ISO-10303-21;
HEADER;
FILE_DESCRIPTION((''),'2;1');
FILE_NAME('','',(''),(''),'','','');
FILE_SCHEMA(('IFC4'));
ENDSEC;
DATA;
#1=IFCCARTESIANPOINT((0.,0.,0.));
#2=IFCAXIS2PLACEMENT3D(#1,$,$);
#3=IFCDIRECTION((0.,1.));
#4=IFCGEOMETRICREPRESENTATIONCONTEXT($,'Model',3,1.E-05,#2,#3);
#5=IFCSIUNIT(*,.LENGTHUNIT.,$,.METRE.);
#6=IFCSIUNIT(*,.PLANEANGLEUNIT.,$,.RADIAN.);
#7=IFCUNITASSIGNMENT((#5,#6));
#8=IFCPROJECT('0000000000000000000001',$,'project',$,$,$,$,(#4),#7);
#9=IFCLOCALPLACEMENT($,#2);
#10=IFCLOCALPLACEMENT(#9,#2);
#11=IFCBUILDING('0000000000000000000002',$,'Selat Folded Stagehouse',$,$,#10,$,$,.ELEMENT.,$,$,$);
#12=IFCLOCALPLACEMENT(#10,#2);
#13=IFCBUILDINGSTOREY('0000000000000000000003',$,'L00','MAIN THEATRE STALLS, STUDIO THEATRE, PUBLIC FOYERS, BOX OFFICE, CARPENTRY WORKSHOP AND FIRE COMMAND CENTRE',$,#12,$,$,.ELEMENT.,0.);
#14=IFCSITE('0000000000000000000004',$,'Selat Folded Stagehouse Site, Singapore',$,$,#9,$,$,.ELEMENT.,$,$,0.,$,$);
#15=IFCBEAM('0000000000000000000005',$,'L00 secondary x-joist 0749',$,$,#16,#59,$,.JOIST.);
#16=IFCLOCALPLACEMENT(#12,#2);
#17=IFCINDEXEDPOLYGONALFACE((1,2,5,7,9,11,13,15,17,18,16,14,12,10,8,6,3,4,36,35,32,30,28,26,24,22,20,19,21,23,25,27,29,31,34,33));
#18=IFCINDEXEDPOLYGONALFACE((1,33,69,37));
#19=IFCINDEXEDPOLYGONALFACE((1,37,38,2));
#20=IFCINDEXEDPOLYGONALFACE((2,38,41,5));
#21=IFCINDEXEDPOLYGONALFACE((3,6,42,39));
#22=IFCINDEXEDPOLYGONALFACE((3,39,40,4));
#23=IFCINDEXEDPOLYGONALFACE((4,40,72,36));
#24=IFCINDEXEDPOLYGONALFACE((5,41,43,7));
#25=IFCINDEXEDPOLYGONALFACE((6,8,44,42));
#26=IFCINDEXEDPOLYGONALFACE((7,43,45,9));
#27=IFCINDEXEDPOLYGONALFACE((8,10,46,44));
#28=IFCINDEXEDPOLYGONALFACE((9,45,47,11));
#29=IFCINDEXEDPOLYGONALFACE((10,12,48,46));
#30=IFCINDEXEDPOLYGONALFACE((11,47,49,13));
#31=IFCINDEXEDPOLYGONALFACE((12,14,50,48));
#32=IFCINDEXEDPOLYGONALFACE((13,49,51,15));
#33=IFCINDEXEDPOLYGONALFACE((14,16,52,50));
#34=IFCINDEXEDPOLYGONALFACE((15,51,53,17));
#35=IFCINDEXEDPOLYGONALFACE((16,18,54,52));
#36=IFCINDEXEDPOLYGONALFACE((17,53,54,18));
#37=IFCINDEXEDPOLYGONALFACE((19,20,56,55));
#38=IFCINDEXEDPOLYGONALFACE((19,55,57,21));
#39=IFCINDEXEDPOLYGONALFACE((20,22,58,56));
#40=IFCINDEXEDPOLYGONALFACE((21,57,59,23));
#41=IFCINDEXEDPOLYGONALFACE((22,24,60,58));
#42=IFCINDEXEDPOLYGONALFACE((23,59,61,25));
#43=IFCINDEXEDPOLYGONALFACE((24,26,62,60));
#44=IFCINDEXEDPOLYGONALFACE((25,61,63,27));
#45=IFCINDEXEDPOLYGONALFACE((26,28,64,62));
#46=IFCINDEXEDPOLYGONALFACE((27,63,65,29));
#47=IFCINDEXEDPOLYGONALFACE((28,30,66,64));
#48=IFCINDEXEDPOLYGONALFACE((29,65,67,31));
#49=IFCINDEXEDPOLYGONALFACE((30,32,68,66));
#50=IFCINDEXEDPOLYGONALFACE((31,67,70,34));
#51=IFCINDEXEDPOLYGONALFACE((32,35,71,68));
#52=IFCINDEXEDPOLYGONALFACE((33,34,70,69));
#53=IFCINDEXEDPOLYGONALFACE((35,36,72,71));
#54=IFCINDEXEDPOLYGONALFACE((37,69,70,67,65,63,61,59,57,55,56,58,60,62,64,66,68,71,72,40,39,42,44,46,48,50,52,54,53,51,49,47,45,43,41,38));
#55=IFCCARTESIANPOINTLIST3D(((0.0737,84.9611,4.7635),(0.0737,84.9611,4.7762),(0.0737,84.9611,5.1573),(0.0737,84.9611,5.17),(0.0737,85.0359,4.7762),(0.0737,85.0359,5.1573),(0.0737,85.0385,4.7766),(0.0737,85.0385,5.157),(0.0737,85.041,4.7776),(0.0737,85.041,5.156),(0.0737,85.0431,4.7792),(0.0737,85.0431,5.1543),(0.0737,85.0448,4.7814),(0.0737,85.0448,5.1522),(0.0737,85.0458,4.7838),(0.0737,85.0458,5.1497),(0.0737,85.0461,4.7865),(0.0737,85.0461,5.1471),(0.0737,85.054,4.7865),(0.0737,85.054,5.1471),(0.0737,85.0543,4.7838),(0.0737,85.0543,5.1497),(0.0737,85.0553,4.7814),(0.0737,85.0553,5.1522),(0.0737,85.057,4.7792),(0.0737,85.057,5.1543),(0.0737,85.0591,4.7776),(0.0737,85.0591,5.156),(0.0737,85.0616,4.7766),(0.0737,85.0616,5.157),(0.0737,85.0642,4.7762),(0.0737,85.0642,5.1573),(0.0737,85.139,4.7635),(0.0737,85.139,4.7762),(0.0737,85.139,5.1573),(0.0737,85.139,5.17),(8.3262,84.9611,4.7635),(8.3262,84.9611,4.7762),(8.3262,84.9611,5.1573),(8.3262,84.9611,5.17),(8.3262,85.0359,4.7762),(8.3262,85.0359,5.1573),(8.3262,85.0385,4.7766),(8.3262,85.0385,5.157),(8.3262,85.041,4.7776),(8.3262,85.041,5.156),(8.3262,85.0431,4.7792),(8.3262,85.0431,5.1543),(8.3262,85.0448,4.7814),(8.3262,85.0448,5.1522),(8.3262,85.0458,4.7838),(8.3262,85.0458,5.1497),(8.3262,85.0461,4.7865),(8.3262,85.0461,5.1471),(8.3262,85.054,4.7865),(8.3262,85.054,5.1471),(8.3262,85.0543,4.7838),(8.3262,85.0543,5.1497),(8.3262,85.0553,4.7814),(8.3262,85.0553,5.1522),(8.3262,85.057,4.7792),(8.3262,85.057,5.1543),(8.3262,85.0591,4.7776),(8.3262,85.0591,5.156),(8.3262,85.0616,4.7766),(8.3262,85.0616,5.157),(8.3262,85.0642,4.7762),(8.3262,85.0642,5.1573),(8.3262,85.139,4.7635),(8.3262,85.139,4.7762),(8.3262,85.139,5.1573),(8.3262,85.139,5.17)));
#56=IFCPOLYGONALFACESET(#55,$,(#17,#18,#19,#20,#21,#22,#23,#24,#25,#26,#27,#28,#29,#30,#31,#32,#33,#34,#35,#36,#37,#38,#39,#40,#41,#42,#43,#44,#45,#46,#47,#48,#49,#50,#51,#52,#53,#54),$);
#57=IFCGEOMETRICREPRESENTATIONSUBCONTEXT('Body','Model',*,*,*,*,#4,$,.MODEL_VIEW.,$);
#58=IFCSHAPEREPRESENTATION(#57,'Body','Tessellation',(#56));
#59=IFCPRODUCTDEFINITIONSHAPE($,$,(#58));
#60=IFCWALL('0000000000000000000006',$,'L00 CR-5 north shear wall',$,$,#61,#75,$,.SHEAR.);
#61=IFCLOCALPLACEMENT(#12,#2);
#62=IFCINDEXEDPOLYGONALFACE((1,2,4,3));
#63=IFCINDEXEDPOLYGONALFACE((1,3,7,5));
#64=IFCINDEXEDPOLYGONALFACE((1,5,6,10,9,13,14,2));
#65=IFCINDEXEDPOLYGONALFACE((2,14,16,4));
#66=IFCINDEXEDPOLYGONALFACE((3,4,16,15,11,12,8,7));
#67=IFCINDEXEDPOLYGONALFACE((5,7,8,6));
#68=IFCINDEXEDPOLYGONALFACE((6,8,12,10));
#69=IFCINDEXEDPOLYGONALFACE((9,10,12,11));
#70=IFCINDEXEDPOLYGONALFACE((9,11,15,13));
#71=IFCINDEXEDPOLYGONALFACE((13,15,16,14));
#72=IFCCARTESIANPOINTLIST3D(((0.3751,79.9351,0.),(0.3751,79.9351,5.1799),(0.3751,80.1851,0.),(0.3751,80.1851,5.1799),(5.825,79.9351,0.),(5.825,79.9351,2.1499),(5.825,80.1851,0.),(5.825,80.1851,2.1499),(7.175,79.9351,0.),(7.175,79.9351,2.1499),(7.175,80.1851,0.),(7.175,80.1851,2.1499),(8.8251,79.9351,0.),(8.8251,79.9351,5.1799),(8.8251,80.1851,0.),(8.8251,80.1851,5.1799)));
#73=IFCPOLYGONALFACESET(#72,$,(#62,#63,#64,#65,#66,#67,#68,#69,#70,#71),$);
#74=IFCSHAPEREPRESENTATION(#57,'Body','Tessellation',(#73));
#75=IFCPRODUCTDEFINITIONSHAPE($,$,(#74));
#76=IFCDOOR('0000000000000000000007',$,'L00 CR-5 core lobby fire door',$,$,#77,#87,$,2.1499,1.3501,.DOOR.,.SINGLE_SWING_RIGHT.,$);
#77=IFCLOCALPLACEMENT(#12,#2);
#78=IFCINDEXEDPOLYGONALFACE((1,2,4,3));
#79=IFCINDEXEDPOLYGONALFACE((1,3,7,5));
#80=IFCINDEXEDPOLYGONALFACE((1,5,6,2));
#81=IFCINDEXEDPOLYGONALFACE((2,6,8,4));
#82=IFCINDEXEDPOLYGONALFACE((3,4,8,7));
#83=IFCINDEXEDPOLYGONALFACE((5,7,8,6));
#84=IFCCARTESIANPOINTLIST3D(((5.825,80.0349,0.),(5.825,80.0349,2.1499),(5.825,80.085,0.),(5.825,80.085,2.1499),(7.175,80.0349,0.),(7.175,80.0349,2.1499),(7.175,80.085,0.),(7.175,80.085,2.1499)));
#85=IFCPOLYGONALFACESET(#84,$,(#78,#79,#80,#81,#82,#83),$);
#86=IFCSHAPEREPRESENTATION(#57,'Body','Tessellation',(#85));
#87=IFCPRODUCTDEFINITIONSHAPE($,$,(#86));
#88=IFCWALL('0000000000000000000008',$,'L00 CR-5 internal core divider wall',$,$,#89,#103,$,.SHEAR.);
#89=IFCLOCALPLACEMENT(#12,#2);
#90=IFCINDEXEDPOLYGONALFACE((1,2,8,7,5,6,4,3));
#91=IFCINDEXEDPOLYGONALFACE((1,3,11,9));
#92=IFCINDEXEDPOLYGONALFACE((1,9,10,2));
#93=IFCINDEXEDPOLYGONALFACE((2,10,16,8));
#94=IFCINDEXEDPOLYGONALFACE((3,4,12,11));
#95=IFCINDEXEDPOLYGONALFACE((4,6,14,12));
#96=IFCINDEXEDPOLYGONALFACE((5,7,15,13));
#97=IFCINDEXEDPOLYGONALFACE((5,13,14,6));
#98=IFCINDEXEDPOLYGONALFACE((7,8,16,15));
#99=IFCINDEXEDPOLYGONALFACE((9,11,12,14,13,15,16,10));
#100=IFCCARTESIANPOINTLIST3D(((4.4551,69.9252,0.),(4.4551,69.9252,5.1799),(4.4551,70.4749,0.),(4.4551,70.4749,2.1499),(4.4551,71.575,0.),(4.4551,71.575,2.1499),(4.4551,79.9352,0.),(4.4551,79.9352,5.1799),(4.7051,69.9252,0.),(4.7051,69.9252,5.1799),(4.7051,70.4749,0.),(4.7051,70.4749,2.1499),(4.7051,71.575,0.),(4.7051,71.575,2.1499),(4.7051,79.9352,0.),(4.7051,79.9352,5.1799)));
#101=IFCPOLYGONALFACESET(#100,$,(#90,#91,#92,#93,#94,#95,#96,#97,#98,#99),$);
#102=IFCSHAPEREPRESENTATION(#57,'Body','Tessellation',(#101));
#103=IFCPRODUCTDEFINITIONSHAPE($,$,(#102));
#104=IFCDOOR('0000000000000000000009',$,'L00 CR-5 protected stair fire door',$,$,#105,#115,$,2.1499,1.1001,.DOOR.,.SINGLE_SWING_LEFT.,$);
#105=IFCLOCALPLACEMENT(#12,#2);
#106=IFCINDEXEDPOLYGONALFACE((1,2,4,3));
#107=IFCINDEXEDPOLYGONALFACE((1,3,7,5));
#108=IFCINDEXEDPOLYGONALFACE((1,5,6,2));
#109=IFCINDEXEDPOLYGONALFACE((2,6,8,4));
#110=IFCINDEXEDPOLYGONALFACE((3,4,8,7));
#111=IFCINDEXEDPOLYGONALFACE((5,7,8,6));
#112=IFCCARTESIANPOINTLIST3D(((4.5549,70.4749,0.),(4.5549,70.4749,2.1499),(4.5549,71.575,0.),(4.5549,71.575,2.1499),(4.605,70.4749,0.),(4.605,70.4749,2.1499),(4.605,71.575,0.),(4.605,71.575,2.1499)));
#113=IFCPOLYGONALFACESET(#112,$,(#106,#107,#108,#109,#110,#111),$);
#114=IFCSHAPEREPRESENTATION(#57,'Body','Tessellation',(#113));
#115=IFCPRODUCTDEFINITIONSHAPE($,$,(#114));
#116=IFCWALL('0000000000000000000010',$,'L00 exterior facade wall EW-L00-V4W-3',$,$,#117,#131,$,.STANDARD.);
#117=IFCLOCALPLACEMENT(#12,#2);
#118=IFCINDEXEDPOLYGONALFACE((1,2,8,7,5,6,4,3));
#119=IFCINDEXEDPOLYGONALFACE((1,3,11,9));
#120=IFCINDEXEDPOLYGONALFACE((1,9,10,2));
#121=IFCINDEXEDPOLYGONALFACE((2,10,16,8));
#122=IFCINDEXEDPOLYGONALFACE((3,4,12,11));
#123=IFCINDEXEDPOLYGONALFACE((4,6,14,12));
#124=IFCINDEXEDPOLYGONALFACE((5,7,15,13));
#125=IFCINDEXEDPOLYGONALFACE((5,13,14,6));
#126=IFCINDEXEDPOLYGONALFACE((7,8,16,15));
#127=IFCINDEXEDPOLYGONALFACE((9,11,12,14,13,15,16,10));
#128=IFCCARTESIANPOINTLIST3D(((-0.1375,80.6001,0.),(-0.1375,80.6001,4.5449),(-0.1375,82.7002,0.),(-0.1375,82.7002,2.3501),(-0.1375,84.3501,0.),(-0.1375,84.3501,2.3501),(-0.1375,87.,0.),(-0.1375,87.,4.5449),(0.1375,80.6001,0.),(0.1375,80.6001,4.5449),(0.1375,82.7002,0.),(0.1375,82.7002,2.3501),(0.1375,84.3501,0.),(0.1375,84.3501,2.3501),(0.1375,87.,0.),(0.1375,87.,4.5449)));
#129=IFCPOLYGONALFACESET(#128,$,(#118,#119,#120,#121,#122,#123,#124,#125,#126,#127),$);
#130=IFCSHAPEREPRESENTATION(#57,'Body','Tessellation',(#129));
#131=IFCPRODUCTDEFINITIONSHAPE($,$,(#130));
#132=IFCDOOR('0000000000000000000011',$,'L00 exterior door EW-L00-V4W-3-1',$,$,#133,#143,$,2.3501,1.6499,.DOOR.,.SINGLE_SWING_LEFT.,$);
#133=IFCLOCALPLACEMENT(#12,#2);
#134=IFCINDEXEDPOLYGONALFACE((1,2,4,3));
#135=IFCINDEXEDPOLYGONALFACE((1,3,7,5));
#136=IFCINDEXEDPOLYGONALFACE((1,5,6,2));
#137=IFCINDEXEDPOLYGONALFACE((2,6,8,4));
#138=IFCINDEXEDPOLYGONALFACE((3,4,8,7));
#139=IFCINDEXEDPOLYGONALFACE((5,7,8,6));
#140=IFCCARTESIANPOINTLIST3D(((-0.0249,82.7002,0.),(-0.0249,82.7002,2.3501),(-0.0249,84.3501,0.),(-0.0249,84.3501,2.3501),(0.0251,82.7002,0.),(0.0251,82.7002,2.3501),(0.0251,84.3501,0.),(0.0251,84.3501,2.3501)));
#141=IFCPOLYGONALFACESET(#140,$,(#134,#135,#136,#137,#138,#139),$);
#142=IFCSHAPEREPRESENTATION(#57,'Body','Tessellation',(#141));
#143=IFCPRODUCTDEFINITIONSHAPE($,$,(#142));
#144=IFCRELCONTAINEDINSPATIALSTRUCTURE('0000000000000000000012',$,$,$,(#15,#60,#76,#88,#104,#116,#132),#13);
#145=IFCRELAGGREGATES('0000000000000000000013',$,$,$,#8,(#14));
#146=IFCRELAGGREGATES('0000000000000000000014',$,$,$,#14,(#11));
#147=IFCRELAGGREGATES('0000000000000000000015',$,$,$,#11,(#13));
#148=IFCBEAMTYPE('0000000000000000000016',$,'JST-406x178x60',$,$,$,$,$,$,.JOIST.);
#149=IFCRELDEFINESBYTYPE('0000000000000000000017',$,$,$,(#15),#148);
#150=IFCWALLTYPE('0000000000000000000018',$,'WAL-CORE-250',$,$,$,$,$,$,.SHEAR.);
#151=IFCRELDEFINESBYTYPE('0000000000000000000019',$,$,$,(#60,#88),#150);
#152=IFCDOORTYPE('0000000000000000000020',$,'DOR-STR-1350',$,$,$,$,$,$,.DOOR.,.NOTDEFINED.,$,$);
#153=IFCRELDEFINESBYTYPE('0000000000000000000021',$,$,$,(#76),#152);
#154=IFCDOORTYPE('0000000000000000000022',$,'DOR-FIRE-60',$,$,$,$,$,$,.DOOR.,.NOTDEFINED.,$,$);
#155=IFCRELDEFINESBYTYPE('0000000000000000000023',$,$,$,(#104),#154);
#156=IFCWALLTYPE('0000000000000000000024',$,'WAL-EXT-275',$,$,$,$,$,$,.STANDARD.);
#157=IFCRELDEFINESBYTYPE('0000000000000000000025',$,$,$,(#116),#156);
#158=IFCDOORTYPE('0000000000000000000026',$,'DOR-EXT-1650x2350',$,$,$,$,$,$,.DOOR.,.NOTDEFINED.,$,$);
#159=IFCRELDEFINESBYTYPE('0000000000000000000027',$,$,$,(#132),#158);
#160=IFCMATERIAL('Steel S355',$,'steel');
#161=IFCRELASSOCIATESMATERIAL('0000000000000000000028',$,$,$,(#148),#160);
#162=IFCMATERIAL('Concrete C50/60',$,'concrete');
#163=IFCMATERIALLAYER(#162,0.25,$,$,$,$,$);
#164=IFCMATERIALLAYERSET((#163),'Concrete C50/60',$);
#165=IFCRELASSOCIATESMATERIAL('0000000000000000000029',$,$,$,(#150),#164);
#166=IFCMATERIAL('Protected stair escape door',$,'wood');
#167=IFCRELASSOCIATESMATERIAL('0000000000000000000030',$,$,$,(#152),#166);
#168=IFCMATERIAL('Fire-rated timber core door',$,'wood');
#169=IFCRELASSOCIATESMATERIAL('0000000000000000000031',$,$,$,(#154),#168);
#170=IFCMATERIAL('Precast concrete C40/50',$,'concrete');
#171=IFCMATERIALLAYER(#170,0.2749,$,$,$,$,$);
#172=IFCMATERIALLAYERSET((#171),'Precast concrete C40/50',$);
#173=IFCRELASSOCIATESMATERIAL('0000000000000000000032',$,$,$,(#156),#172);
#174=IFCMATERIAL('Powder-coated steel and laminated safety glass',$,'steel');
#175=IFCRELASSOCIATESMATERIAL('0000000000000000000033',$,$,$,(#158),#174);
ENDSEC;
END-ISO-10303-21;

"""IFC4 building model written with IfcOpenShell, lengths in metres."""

from ifc_helpers import new_model, si_unit, direction, frame, frame_2d, origin, origin_2d, place, context, subcontext, project, spatial, rectangle, i_section, extrude, material, layer, layer_set, material_profile, profile_set, type_object, element, fill, save


model = new_model("IFC4")

# Units and contexts
model_context = context("Model", 3, precision=1e-05, world=origin(), true_north=direction((0.0, 1.0)))
body_context = subcontext(model_context, "Body", "Model", "MODEL_VIEW")
ifc_project = project(units=[si_unit("LENGTHUNIT", "METRE"), si_unit("PLANEANGLEUNIT", "RADIAN")], contexts=[model_context])

# Site, building, storey
site_placement = place(None, origin())
site = spatial("IfcSite", under=ifc_project, at=site_placement, Name="Selat Folded Stagehouse Site, Singapore", CompositionType="ELEMENT", RefElevation=0.0)
building_placement = place(site_placement, origin())
building = spatial("IfcBuilding", under=site, at=building_placement, Name="Selat Folded Stagehouse", CompositionType="ELEMENT")
storey_placement = place(building_placement, origin())
storey = spatial("IfcBuildingStorey", under=building, at=storey_placement, Name="L00", Description="MAIN THEATRE STALLS, STUDIO THEATRE, PUBLIC FOYERS, BOX OFFICE, CARPENTRY WORKSHOP AND FIRE COMMAND CENTRE", CompositionType="ELEMENT", Elevation=0.0)

# Shared definitions
ifc_material_1 = material(Name="Steel S355", Category="steel")

# Beam
ifc_material_profile_1 = material_profile(ifc_material_1, i_section(OverallWidth=0.178, OverallDepth=0.4065, WebThickness=0.0078, FlangeThickness=0.0127, FilletRadius=0.0103, at=origin_2d()), Name="UKB 406x178x60")
ifc_profile_set_1 = profile_set([ifc_material_profile_1], Name="Steel S355")
beam_type_1 = type_object("IfcBeamType", Name="JST-406x178x60", PredefinedType="JOIST", material=ifc_profile_set_1)
for number, where, z_axis, x_axis, name in (
    (1, (0.0737, 85.05, 4.9668), (1.0, 0.0, 0.0), (0.0, 1.0, 0.0), "L00 secondary x-joist 0749"),
):
    element("IfcBeam", number, at=place(storey_placement, frame(where, z_axis=z_axis, x_axis=x_axis)), inside=storey, type_object=beam_type_1, Name=name, PredefinedType="JOIST", context=body_context, shape_type="SweptSolid", body=[
        extrude(i_section(OverallWidth=0.178, OverallDepth=0.4065, WebThickness=0.0078, FlangeThickness=0.0127, FilletRadius=0.0103, at=origin_2d()), origin(), (0.0, 0.0, 1.0), 8.2524),
    ])

# Walls, openings, doors
ifc_material_2 = material(Name="Concrete C50/60", Category="concrete")
ifc_layer_1 = layer(ifc_material_2, 0.25)
ifc_layer_set_1 = layer_set([ifc_layer_1], Name="Concrete C50/60")
wall_type_1 = type_object("IfcWallType", Name="WAL-CORE-250", PredefinedType="SHEAR", material=ifc_layer_set_1)
wall_1_placement = place(storey_placement, frame((0.375, 80.0601, 0.0), z_axis=(0.0, 0.0, 1.0), x_axis=(1.0, 0.0, 0.0)))
wall_1 = element("IfcWall", 2, at=wall_1_placement, inside=storey, type_object=wall_type_1, Name="L00 CR-5 north shear wall", PredefinedType="SHEAR", context=body_context, shape_type="SweptSolid", body=[
    extrude(rectangle(XDim=8.45, YDim=0.25, at=frame_2d((4.2251, 0.0))), origin(), (0.0, 0.0, 1.0), 5.1799),
])
opening_1_placement = place(wall_1_placement, frame((5.45, 0.0, 0.0)))
opening_1 = element("IfcOpeningElement", 3, at=opening_1_placement, cuts=wall_1, PredefinedType="OPENING", context=body_context, shape_type="SweptSolid", body=[
    extrude(rectangle(XDim=1.3501, YDim=2.1499, at=frame_2d((0.675, 1.075))), frame((0.0, 0.135, 0.0), z_axis=(0.0, -1.0, 0.0), x_axis=(1.0, 0.0, 0.0)), (0.0, 0.0, 1.0), 0.27),
])
ifc_material_3 = material(Name="Protected stair escape door", Category="wood")
door_type_1 = type_object("IfcDoorType", Name="DOR-STR-1350", OperationType="NOTDEFINED", PredefinedType="DOOR", material=ifc_material_3)
door_1_placement = place(opening_1_placement, origin())
door_1 = element("IfcDoor", 4, at=door_1_placement, inside=storey, type_object=door_type_1, Name="L00 CR-5 core lobby fire door", OperationType="SINGLE_SWING_RIGHT", OverallHeight=2.1499, OverallWidth=1.3501, PredefinedType="DOOR", context=body_context, shape_type="SweptSolid", body=[
    extrude(rectangle(XDim=1.3501, YDim=2.1499, at=frame_2d((0.675, 1.075))), frame((0.0, 0.0249, 0.0), z_axis=(0.0, -1.0, 0.0), x_axis=(1.0, 0.0, 0.0)), (0.0, 0.0, 1.0), 0.05),
])
fill(opening_1, door_1)
wall_2_placement = place(storey_placement, frame((4.5801, 79.9351, 0.0), z_axis=(0.0, 0.0, 1.0), x_axis=(0.0, -1.0, 0.0)))
wall_2 = element("IfcWall", 5, at=wall_2_placement, inside=storey, type_object=wall_type_1, Name="L00 CR-5 internal core divider wall", PredefinedType="SHEAR", context=body_context, shape_type="SweptSolid", body=[
    extrude(rectangle(XDim=10.01, YDim=0.25, at=frame_2d((5.0049, 0.0))), origin(), (0.0, 0.0, 1.0), 5.1799),
])
opening_2_placement = place(wall_2_placement, frame((8.3601, 0.0, 0.0)))
opening_2 = element("IfcOpeningElement", 6, at=opening_2_placement, cuts=wall_2, PredefinedType="OPENING", context=body_context, shape_type="SweptSolid", body=[
    extrude(rectangle(XDim=1.1001, YDim=2.1499, at=frame_2d((0.55, 1.075))), frame((0.0, 0.135, 0.0), z_axis=(0.0, -1.0, 0.0), x_axis=(1.0, 0.0, 0.0)), (0.0, 0.0, 1.0), 0.27),
])
ifc_material_4 = material(Name="Fire-rated timber core door", Category="wood")
door_type_2 = type_object("IfcDoorType", Name="DOR-FIRE-60", OperationType="NOTDEFINED", PredefinedType="DOOR", material=ifc_material_4)
door_2_placement = place(opening_2_placement, origin())
door_2 = element("IfcDoor", 7, at=door_2_placement, inside=storey, type_object=door_type_2, Name="L00 CR-5 protected stair fire door", OperationType="SINGLE_SWING_LEFT", OverallHeight=2.1499, OverallWidth=1.1001, PredefinedType="DOOR", context=body_context, shape_type="SweptSolid", body=[
    extrude(rectangle(XDim=1.1001, YDim=2.1499, at=frame_2d((0.55, 1.075))), frame((0.0, 0.0249, 0.0), z_axis=(0.0, -1.0, 0.0), x_axis=(1.0, 0.0, 0.0)), (0.0, 0.0, 1.0), 0.05),
])
fill(opening_2, door_2)
ifc_material_5 = material(Name="Precast concrete C40/50", Category="concrete")
ifc_layer_2 = layer(ifc_material_5, 0.2749)
ifc_layer_set_2 = layer_set([ifc_layer_2], Name="Precast concrete C40/50")
wall_type_2 = type_object("IfcWallType", Name="WAL-EXT-275", PredefinedType="STANDARD", material=ifc_layer_set_2)
wall_3_placement = place(storey_placement, frame((0.0, 80.6001, 0.0), z_axis=(0.0, 0.0, 1.0), x_axis=(0.0, 1.0, 0.0)))
wall_3 = element("IfcWall", 8, at=wall_3_placement, inside=storey, type_object=wall_type_2, Name="L00 exterior facade wall EW-L00-V4W-3", PredefinedType="STANDARD", context=body_context, shape_type="SweptSolid", body=[
    extrude(rectangle(XDim=6.3999, YDim=0.2749, at=frame_2d((3.2, 0.0))), origin(), (0.0, 0.0, 1.0), 4.5449),
])
opening_3_placement = place(wall_3_placement, frame((2.1001, 0.0, 0.0)))
opening_3 = element("IfcOpeningElement", 9, at=opening_3_placement, cuts=wall_3, PredefinedType="OPENING", context=body_context, shape_type="SweptSolid", body=[
    extrude(rectangle(XDim=1.6499, YDim=2.3501, at=frame_2d((0.825, 1.175))), frame((0.0, 0.1475, 0.0), z_axis=(0.0, -1.0, 0.0), x_axis=(1.0, 0.0, 0.0)), (0.0, 0.0, 1.0), 0.2949),
])
ifc_material_6 = material(Name="Powder-coated steel and laminated safety glass", Category="steel")
door_type_3 = type_object("IfcDoorType", Name="DOR-EXT-1650x2350", OperationType="NOTDEFINED", PredefinedType="DOOR", material=ifc_material_6)
door_3_placement = place(opening_3_placement, origin())
door_3 = element("IfcDoor", 10, at=door_3_placement, inside=storey, type_object=door_type_3, Name="L00 exterior door EW-L00-V4W-3-1", OperationType="SINGLE_SWING_LEFT", OverallHeight=2.3501, OverallWidth=1.6499, PredefinedType="DOOR", context=body_context, shape_type="SweptSolid", body=[
    extrude(rectangle(XDim=1.6499, YDim=2.3501, at=frame_2d((0.825, 1.175))), frame((0.0, 0.0249, 0.0), z_axis=(0.0, -1.0, 0.0), x_axis=(1.0, 0.0, 0.0)), (0.0, 0.0, 1.0), 0.05),
])
fill(opening_3, door_3)

save(model, "model.ifc")
